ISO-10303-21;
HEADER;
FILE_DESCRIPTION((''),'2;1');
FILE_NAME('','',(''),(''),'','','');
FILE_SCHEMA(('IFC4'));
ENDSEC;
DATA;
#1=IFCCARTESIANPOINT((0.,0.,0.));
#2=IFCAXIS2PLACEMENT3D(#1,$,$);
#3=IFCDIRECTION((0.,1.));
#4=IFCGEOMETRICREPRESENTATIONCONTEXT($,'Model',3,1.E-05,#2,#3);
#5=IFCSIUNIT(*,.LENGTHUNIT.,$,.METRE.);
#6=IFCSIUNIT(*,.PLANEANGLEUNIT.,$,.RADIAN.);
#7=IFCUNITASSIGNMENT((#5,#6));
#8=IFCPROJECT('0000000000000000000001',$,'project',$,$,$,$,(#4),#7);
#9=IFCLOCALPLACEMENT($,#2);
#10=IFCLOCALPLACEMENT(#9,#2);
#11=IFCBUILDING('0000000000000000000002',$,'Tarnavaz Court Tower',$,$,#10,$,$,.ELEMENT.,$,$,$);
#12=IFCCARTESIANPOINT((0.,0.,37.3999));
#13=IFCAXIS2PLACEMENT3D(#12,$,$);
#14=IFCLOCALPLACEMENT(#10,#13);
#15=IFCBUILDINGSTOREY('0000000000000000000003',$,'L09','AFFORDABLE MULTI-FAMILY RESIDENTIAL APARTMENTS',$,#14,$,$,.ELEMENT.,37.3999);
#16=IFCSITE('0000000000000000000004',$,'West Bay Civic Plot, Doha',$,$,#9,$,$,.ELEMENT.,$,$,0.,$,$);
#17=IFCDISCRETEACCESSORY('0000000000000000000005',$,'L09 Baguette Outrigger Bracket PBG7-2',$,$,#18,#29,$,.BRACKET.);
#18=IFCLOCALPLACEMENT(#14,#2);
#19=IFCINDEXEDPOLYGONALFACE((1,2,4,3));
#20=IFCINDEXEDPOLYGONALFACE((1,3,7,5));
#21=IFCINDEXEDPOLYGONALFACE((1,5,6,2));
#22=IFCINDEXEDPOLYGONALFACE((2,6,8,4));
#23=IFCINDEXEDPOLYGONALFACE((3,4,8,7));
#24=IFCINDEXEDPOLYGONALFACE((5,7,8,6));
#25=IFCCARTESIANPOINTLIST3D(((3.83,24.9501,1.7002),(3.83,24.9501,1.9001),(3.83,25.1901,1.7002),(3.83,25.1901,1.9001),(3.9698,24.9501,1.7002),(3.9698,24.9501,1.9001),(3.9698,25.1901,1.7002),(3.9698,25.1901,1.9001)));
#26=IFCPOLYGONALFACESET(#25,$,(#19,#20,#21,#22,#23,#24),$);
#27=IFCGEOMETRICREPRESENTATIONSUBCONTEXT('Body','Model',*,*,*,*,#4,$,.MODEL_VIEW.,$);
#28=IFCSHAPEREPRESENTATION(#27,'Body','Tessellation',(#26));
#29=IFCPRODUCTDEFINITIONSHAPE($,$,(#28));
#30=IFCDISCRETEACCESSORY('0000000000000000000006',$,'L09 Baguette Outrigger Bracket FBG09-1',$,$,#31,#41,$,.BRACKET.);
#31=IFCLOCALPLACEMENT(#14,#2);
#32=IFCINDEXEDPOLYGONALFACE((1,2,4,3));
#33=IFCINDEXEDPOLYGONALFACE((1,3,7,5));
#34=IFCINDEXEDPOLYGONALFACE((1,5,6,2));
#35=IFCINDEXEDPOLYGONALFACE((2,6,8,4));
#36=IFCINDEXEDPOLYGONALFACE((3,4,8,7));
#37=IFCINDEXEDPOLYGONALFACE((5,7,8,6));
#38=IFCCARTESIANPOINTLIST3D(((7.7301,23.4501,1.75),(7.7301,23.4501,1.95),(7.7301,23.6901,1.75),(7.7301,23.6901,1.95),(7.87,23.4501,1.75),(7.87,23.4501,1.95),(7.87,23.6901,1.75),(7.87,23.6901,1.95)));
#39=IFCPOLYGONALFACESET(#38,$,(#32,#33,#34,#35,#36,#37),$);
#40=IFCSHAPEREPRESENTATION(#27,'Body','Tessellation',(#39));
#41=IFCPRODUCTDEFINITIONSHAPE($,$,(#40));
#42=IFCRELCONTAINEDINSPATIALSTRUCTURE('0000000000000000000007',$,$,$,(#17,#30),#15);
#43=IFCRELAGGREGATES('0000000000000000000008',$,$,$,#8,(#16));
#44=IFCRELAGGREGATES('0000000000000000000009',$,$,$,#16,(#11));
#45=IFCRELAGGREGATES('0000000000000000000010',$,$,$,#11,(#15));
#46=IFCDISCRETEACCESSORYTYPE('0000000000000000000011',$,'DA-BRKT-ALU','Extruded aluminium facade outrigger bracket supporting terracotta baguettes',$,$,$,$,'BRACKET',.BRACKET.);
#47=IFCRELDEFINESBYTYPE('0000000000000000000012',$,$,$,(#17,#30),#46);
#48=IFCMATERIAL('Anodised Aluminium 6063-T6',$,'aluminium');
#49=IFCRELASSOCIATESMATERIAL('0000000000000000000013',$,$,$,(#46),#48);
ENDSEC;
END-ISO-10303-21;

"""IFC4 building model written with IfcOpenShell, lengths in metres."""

from ifc_helpers import new_model, si_unit, direction, frame, origin, origin_2d, place, context, subcontext, project, spatial, rectangle, extrude, material, type_object, element, save


model = new_model("IFC4")

# Units and contexts
model_context = context("Model", 3, precision=1e-05, world=origin(), true_north=direction((0.0, 1.0)))
body_context = subcontext(model_context, "Body", "Model", "MODEL_VIEW")
ifc_project = project(units=[si_unit("LENGTHUNIT", "METRE"), si_unit("PLANEANGLEUNIT", "RADIAN")], contexts=[model_context])

# Site, building, storey
site_placement = place(None, origin())
site = spatial("IfcSite", under=ifc_project, at=site_placement, Name="West Bay Civic Plot, Doha", CompositionType="ELEMENT", RefElevation=0.0)
building_placement = place(site_placement, origin())
building = spatial("IfcBuilding", under=site, at=building_placement, Name="Tarnavaz Court Tower", CompositionType="ELEMENT")
storey_placement = place(building_placement, frame((0.0, 0.0, 37.3999)))
storey = spatial("IfcBuildingStorey", under=building, at=storey_placement, Name="L09", Description="AFFORDABLE MULTI-FAMILY RESIDENTIAL APARTMENTS", CompositionType="ELEMENT", Elevation=37.3999)

# Shared definitions
ifc_material_1 = material(Name="Anodised Aluminium 6063-T6", Category="aluminium")

# Discrete accessories
discrete_accessory_type = type_object("IfcDiscreteAccessoryType", Name="DA-BRKT-ALU", Description="Extruded aluminium facade outrigger bracket supporting terracotta baguettes", ElementType="BRACKET", PredefinedType="BRACKET", material=ifc_material_1)
for number, where, z_axis, x_axis, name in (
    (1, (3.8999, 25.0701, 1.7002), (0.0, 0.0, 1.0), (1.0, 0.0, 0.0), "L09 Baguette Outrigger Bracket PBG7-2"),
    (2, (7.8, 23.5701, 1.75), (0.0, 0.0, 1.0), (1.0, 0.0, 0.0), "L09 Baguette Outrigger Bracket FBG09-1"),
):
    element("IfcDiscreteAccessory", number, at=place(storey_placement, frame(where, z_axis=z_axis, x_axis=x_axis)), inside=storey, type_object=discrete_accessory_type, Name=name, PredefinedType="BRACKET", context=body_context, shape_type="SweptSolid", body=[
        extrude(rectangle(XDim=0.1399, YDim=0.24, at=origin_2d()), origin(), (0.0, 0.0, 1.0), 0.2),
    ])

save(model, "model.ifc")
